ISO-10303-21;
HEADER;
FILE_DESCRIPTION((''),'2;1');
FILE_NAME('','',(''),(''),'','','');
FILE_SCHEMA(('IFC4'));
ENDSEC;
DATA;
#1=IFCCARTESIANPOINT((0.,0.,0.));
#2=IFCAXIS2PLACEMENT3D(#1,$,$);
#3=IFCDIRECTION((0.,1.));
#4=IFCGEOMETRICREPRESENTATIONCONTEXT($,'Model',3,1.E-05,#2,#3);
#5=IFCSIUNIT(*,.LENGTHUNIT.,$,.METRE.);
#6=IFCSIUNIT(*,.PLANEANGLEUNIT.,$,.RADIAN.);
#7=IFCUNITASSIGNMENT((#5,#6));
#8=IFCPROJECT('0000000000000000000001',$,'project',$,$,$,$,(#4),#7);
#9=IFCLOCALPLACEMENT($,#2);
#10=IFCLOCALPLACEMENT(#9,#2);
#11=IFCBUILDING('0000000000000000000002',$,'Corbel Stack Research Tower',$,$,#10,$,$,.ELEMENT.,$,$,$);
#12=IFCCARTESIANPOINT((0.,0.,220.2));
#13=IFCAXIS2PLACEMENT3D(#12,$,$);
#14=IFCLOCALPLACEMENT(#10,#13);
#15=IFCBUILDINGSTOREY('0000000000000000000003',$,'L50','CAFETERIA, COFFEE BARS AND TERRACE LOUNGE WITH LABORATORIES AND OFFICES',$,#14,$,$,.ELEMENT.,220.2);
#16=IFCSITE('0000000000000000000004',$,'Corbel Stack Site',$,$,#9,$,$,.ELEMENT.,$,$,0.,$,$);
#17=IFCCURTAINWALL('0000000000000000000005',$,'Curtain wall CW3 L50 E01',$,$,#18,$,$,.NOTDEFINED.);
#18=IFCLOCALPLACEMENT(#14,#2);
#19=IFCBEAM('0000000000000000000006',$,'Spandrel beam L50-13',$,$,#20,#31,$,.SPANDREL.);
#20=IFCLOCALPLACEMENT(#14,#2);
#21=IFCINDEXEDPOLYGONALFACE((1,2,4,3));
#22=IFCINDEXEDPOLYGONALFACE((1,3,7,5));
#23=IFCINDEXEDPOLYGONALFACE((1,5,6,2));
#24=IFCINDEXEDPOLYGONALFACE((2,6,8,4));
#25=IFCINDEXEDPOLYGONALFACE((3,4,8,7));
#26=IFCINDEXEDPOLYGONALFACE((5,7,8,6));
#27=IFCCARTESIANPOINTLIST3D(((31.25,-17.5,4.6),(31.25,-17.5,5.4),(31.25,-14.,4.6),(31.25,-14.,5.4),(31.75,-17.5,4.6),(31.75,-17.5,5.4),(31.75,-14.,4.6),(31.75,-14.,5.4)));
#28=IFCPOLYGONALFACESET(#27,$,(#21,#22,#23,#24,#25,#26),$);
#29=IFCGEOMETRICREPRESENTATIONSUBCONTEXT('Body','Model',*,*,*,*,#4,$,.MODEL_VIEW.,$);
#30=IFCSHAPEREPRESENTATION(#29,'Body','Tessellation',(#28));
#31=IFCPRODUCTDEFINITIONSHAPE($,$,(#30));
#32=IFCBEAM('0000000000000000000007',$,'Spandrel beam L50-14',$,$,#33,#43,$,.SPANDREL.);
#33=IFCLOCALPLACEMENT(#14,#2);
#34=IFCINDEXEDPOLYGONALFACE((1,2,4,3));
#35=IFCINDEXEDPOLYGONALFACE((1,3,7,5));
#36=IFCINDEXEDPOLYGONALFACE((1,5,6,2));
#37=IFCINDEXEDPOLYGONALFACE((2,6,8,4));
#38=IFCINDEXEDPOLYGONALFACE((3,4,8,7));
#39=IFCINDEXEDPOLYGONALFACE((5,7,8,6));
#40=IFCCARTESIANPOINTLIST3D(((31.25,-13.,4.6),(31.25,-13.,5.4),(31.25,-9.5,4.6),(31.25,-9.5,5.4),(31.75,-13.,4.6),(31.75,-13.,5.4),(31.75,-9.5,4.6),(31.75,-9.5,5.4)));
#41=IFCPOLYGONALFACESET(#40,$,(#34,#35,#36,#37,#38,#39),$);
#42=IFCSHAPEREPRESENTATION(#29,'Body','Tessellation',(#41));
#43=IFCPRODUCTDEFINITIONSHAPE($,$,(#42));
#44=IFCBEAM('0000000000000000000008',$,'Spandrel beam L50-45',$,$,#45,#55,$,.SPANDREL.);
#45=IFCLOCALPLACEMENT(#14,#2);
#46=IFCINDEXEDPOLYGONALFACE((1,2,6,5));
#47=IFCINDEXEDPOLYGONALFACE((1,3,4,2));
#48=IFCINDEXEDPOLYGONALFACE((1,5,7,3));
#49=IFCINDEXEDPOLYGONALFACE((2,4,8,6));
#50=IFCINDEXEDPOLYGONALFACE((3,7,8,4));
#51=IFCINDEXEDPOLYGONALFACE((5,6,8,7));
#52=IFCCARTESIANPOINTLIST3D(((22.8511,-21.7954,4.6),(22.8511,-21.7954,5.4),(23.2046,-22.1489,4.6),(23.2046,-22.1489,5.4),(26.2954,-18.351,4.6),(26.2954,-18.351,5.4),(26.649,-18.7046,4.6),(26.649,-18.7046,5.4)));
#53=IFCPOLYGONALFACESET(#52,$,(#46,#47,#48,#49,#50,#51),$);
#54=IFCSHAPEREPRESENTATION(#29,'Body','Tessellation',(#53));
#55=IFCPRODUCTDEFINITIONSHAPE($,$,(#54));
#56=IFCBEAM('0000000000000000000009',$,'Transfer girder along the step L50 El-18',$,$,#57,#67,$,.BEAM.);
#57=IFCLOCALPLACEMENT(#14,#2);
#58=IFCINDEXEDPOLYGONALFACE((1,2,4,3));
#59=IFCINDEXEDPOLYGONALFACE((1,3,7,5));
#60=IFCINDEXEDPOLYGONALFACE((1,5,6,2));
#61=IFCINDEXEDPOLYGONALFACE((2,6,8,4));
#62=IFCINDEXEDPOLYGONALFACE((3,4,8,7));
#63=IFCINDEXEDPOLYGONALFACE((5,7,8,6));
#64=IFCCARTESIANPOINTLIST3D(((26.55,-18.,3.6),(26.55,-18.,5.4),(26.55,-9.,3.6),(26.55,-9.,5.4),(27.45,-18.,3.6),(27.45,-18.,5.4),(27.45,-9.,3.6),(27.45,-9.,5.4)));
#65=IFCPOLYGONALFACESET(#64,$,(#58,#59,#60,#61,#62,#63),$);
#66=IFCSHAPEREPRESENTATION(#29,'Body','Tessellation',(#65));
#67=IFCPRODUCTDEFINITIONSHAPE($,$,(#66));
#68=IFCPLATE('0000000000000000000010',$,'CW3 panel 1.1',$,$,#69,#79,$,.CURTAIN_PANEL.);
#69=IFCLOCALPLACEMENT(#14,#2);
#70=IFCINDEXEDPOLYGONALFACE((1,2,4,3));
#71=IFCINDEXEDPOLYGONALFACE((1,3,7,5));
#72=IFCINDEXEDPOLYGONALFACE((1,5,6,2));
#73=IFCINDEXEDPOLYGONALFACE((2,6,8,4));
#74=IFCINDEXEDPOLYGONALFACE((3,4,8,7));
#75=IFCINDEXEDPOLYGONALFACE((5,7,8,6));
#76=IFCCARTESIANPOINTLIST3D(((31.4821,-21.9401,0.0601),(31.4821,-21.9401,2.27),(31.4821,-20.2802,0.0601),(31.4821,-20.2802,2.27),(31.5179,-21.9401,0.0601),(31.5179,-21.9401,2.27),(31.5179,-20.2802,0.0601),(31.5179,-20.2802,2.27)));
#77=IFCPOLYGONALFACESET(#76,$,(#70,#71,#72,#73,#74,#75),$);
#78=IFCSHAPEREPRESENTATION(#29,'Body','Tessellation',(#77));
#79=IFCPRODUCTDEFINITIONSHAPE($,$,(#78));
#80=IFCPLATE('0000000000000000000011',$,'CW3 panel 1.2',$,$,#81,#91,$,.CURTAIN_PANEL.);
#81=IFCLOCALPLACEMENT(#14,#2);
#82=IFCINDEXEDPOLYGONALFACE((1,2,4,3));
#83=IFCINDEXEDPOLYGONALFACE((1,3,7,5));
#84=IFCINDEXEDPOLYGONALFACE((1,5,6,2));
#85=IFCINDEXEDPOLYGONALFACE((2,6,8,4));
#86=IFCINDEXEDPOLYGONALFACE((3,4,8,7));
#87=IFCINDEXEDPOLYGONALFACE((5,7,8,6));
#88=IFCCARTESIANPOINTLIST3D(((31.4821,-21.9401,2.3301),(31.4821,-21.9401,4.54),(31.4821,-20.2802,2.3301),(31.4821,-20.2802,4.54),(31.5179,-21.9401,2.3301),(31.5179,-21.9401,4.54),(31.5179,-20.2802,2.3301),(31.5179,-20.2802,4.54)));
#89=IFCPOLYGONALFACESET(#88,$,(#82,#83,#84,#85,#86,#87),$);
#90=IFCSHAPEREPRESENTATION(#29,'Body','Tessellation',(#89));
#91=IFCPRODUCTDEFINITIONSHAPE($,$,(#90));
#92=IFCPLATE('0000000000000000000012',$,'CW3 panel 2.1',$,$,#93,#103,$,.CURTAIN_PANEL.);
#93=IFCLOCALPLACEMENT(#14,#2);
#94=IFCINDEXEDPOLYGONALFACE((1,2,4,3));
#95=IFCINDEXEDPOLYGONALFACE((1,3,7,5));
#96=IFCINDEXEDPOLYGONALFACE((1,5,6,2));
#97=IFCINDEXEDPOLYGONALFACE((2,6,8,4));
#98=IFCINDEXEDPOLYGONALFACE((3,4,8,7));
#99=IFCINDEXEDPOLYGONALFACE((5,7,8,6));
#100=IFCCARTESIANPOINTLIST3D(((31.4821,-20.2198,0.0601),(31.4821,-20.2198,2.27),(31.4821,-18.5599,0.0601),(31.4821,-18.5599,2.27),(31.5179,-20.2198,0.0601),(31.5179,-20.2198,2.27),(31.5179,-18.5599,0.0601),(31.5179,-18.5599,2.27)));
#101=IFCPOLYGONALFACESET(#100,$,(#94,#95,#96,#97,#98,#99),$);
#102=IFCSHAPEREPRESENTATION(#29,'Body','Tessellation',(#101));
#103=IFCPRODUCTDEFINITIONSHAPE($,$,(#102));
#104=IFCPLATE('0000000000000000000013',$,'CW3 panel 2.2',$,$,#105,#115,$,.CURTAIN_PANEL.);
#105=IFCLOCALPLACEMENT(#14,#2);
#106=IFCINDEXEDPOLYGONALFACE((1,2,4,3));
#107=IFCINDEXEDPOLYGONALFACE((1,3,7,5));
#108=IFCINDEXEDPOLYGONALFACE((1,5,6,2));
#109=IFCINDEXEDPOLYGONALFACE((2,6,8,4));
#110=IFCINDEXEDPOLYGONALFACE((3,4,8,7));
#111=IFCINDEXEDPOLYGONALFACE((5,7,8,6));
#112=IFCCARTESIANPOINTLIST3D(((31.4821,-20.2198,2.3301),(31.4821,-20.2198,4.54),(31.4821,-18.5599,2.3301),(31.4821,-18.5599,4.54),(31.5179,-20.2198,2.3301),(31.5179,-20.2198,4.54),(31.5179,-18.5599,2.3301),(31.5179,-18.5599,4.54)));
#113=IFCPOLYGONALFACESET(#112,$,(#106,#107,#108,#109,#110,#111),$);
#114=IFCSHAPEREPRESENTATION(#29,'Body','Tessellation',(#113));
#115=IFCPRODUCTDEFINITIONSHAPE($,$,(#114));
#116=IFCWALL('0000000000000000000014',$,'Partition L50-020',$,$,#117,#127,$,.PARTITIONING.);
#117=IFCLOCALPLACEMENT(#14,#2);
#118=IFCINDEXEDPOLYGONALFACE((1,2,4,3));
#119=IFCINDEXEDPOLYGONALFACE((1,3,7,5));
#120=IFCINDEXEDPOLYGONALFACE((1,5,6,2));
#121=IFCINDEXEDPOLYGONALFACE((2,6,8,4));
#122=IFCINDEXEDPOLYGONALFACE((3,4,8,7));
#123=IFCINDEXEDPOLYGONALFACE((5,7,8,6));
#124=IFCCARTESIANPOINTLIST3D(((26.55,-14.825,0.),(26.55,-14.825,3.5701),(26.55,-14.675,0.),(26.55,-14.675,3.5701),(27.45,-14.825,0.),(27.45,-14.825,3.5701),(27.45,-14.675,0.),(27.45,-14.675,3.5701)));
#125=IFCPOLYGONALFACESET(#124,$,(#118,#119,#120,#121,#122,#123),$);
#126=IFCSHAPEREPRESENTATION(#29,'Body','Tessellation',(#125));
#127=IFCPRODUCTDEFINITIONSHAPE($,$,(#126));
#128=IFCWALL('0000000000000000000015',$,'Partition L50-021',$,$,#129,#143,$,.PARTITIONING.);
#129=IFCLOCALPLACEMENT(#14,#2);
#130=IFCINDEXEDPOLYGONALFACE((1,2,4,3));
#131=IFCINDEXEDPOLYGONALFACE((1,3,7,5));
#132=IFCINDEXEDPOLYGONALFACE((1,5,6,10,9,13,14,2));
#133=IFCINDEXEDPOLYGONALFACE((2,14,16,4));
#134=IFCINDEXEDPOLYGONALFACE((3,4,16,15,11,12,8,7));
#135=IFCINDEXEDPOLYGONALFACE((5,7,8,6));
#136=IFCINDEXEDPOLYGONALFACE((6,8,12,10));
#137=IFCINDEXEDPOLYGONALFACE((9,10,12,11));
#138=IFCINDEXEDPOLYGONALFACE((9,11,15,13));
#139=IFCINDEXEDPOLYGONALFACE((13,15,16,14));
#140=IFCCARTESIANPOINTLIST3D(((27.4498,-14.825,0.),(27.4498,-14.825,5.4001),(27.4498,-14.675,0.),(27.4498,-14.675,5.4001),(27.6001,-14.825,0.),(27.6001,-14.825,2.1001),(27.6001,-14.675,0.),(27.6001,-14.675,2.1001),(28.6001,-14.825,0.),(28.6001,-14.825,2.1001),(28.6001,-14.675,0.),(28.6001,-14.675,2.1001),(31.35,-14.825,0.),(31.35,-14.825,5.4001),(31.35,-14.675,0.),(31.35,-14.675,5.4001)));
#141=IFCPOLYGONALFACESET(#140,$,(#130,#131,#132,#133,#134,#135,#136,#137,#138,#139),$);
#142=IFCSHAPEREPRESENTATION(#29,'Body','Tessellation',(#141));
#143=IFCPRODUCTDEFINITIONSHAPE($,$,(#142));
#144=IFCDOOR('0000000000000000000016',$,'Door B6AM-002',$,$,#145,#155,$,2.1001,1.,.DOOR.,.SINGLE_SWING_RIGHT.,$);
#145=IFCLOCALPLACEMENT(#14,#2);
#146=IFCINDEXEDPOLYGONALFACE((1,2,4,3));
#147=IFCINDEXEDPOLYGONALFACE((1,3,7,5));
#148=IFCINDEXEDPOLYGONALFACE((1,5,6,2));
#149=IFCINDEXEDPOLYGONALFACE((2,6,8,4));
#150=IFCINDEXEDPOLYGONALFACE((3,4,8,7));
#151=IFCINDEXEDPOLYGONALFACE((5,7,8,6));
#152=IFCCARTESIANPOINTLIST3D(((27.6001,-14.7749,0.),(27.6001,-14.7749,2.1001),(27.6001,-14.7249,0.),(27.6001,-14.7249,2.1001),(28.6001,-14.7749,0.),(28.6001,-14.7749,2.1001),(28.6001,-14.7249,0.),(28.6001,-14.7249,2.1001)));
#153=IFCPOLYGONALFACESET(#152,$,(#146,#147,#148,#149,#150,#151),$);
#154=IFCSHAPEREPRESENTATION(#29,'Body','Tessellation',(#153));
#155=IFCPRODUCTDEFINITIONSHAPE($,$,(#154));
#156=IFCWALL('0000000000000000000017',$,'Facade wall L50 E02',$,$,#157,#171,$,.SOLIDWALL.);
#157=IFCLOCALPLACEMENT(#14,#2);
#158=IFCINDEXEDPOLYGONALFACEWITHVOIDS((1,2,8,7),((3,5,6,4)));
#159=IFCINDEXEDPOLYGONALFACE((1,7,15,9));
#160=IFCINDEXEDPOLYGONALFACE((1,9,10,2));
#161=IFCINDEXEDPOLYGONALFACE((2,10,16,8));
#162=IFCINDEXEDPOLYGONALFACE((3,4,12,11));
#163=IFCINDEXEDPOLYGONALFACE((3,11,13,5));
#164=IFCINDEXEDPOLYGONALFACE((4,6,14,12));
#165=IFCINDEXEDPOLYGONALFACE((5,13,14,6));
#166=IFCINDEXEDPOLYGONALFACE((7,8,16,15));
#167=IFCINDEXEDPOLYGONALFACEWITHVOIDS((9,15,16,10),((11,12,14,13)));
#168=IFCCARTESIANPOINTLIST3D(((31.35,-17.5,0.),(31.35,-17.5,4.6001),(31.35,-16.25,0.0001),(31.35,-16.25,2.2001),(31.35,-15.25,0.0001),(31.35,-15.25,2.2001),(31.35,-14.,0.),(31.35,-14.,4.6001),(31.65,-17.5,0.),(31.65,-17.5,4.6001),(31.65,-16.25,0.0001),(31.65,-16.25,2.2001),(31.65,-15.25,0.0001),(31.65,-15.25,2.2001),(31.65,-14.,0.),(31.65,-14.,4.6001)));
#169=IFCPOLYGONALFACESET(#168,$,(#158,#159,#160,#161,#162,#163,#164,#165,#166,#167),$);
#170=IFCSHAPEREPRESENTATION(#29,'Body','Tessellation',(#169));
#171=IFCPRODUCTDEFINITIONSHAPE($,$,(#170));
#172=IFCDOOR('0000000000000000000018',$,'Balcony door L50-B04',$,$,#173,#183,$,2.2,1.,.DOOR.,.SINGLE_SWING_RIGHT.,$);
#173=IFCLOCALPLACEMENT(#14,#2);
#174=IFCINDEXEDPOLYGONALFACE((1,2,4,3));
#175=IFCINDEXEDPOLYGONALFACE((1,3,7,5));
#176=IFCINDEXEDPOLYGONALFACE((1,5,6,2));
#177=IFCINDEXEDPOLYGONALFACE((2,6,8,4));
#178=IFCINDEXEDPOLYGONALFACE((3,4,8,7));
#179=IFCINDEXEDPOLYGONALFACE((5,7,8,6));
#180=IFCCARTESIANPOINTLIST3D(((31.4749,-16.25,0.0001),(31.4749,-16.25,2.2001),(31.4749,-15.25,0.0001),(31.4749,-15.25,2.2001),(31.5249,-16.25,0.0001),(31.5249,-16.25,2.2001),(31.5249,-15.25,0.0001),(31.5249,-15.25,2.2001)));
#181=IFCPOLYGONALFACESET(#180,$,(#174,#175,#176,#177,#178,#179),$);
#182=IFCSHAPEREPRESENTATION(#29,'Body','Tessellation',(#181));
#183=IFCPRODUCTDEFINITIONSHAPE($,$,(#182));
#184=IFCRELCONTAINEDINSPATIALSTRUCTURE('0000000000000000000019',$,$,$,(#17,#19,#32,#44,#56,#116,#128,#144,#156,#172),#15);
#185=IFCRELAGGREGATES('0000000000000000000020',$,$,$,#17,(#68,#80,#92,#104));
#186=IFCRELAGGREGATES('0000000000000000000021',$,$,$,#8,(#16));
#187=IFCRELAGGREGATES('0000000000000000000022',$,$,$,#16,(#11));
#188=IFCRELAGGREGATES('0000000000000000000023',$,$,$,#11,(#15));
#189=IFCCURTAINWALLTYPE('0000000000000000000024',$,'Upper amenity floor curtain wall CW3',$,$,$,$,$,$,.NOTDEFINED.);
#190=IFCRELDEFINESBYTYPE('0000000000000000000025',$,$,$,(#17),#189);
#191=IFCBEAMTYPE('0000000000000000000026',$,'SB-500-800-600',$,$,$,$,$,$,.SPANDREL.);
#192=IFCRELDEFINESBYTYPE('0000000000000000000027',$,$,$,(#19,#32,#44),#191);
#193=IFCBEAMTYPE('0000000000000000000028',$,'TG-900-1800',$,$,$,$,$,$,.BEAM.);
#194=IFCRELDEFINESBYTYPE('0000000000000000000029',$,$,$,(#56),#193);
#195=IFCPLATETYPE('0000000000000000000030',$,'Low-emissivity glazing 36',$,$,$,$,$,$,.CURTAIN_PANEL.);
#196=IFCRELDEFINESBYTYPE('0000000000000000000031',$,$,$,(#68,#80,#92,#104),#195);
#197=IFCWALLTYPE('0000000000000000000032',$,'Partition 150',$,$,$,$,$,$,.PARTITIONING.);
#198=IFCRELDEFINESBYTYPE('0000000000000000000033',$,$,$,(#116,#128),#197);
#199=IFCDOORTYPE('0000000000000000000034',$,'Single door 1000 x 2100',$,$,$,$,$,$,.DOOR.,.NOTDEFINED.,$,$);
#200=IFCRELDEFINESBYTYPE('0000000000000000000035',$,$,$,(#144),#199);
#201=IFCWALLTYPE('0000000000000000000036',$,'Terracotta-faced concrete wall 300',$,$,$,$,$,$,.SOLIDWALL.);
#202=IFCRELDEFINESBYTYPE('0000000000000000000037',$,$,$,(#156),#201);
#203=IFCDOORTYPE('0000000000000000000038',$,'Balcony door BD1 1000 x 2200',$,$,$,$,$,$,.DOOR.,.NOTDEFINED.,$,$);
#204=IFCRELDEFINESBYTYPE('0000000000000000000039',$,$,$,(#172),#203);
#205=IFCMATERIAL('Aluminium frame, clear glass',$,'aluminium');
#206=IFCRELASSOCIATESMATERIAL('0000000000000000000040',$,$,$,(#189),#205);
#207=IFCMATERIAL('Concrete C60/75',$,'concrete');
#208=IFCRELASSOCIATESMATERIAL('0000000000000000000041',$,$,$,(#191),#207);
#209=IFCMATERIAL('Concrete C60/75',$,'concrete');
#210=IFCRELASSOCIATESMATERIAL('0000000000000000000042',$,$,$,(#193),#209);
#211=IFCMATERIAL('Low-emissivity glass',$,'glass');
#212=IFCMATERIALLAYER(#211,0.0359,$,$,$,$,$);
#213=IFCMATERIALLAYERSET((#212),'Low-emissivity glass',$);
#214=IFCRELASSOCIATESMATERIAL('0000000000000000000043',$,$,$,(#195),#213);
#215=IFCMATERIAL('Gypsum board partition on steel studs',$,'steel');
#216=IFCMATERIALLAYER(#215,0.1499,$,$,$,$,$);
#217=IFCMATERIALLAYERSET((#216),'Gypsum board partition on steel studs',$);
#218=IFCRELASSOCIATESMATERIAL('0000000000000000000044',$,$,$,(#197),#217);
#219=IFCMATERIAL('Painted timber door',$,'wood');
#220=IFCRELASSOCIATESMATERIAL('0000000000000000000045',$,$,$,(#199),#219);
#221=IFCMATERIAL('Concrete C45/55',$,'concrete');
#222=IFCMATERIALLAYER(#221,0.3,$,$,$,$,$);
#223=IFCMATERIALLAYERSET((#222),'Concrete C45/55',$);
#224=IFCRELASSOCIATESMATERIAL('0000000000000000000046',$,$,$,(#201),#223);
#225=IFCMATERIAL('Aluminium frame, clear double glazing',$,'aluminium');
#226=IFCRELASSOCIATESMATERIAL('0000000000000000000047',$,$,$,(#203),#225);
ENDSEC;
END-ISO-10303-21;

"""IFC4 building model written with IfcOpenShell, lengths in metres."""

from ifc_helpers import new_model, si_unit, direction, frame, frame_2d, origin, origin_2d, place, context, subcontext, project, spatial, rectangle, extrude, material, layer, layer_set, material_profile, profile_set, type_object, element, fill, aggregate, save


model = new_model("IFC4")

# Units and contexts
model_context = context("Model", 3, precision=1e-05, world=origin(), true_north=direction((0.0, 1.0)))
body_context = subcontext(model_context, "Body", "Model", "MODEL_VIEW")
ifc_project = project(units=[si_unit("LENGTHUNIT", "METRE"), si_unit("PLANEANGLEUNIT", "RADIAN")], contexts=[model_context])

# Site, building, storey
site_placement = place(None, origin())
site = spatial("IfcSite", under=ifc_project, at=site_placement, Name="Corbel Stack Site", CompositionType="ELEMENT", RefElevation=0.0)
building_placement = place(site_placement, origin())
building = spatial("IfcBuilding", under=site, at=building_placement, Name="Corbel Stack Research Tower", CompositionType="ELEMENT")
storey_placement = place(building_placement, frame((0.0, 0.0, 220.2)))
storey = spatial("IfcBuildingStorey", under=building, at=storey_placement, Name="L50", Description="CAFETERIA, COFFEE BARS AND TERRACE LOUNGE WITH LABORATORIES AND OFFICES", CompositionType="ELEMENT", Elevation=220.2)

# Curtain wall
ifc_material_1 = material(Name="Aluminium frame, clear glass", Category="aluminium")
curtain_wall_type = type_object("IfcCurtainWallType", Name="Upper amenity floor curtain wall CW3", PredefinedType="NOTDEFINED", material=ifc_material_1)
curtain_wall_placement = place(storey_placement, origin())
curtain_wall = element("IfcCurtainWall", 1, at=curtain_wall_placement, inside=storey, type_object=curtain_wall_type, Name="Curtain wall CW3 L50 E01", PredefinedType="NOTDEFINED")

# Beams
ifc_material_2 = material(Name="Concrete C60/75", Category="concrete")
ifc_material_profile_1 = material_profile(ifc_material_2, rectangle(XDim=0.5, YDim=0.8, at=origin_2d()), Name="RC 500 x 800")
ifc_profile_set_1 = profile_set([ifc_material_profile_1], Name="Concrete C60/75")
beam_type_1 = type_object("IfcBeamType", Name="SB-500-800-600", PredefinedType="SPANDREL", material=ifc_profile_set_1)
for number, where, z_axis, x_axis, name in (
    (2, (31.5, -17.5, 5.0), (0.0, 1.0, 0.0), (-1.0, 0.0, 0.0), "Spandrel beam L50-13"),
    (3, (31.5, -13.0, 5.0), (0.0, 1.0, 0.0), (-1.0, 0.0, 0.0), "Spandrel beam L50-14"),
):
    element("IfcBeam", number, at=place(storey_placement, frame(where, z_axis=z_axis, x_axis=x_axis)), inside=storey, type_object=beam_type_1, Name=name, PredefinedType="SPANDREL", context=body_context, shape_type="SweptSolid", body=[
        extrude(rectangle(XDim=0.5, YDim=0.8, at=origin_2d()), origin(), (0.0, 0.0, 1.0), 3.5),
    ])
beam_1_placement = place(storey_placement, frame((23.0278, -21.9722, 5.0), z_axis=(0.707107, 0.707107, 0.0), x_axis=(-0.707107, 0.707107, 0.0)))
element("IfcBeam", 4, at=beam_1_placement, inside=storey, type_object=beam_type_1, Name="Spandrel beam L50-45", PredefinedType="SPANDREL", context=body_context, shape_type="SweptSolid", body=[
    extrude(rectangle(XDim=0.5, YDim=0.8, at=origin_2d()), origin(), (0.0, 0.0, 1.0), 4.8711),
])
ifc_material_3 = material(Name="Concrete C60/75", Category="concrete")
ifc_material_profile_2 = material_profile(ifc_material_3, rectangle(XDim=0.8999, YDim=1.8, at=origin_2d()), Name="RC 900 x 1800")
ifc_profile_set_2 = profile_set([ifc_material_profile_2], Name="Concrete C60/75")
beam_type_2 = type_object("IfcBeamType", Name="TG-900-1800", PredefinedType="BEAM", material=ifc_profile_set_2)
beam_2_placement = place(storey_placement, frame((27.0, -18.0, 4.5), z_axis=(0.0, 1.0, 0.0), x_axis=(-1.0, 0.0, 0.0)))
element("IfcBeam", 5, at=beam_2_placement, inside=storey, type_object=beam_type_2, Name="Transfer girder along the step L50 El-18", PredefinedType="BEAM", context=body_context, shape_type="SweptSolid", body=[
    extrude(rectangle(XDim=0.8999, YDim=1.8, at=origin_2d()), origin(), (0.0, 0.0, 1.0), 9.0),
])

# Plates
ifc_material_4 = material(Name="Low-emissivity glass", Category="glass")
ifc_layer_1 = layer(ifc_material_4, 0.0359)
ifc_layer_set_1 = layer_set([ifc_layer_1], Name="Low-emissivity glass")
plate_type = type_object("IfcPlateType", Name="Low-emissivity glazing 36", PredefinedType="CURTAIN_PANEL", material=ifc_layer_set_1)
plate_1_placement = place(storey_placement, frame((31.5, -21.1101, 0.0601), z_axis=(0.0, 0.0, 1.0), x_axis=(0.0, 1.0, 0.0)))
plate_1 = element("IfcPlate", 6, at=plate_1_placement, type_object=plate_type, Name="CW3 panel 1.1", PredefinedType="CURTAIN_PANEL", context=body_context, shape_type="SweptSolid", body=[
    extrude(rectangle(XDim=1.6599, YDim=0.0359, at=origin_2d()), origin(), (0.0, 0.0, 1.0), 2.21),
])
plate_2_placement = place(storey_placement, frame((31.5, -21.1101, 2.3301), z_axis=(0.0, 0.0, 1.0), x_axis=(0.0, 1.0, 0.0)))
plate_2 = element("IfcPlate", 7, at=plate_2_placement, type_object=plate_type, Name="CW3 panel 1.2", PredefinedType="CURTAIN_PANEL", context=body_context, shape_type="SweptSolid", body=[
    extrude(rectangle(XDim=1.6599, YDim=0.0359, at=origin_2d()), origin(), (0.0, 0.0, 1.0), 2.21),
])
plate_3_placement = place(storey_placement, frame((31.5, -19.3899, 0.0601), z_axis=(0.0, 0.0, 1.0), x_axis=(0.0, 1.0, 0.0)))
plate_3 = element("IfcPlate", 8, at=plate_3_placement, type_object=plate_type, Name="CW3 panel 2.1", PredefinedType="CURTAIN_PANEL", context=body_context, shape_type="SweptSolid", body=[
    extrude(rectangle(XDim=1.6599, YDim=0.0359, at=origin_2d()), origin(), (0.0, 0.0, 1.0), 2.21),
])
plate_4_placement = place(storey_placement, frame((31.5, -19.3899, 2.3301), z_axis=(0.0, 0.0, 1.0), x_axis=(0.0, 1.0, 0.0)))
plate_4 = element("IfcPlate", 9, at=plate_4_placement, type_object=plate_type, Name="CW3 panel 2.2", PredefinedType="CURTAIN_PANEL", context=body_context, shape_type="SweptSolid", body=[
    extrude(rectangle(XDim=1.6599, YDim=0.0359, at=origin_2d()), origin(), (0.0, 0.0, 1.0), 2.21),
])
aggregate(curtain_wall, [plate_1, plate_2, plate_3, plate_4])

# Wall
ifc_material_5 = material(Name="Gypsum board partition on steel studs", Category="steel")
ifc_layer_2 = layer(ifc_material_5, 0.1499)
ifc_layer_set_2 = layer_set([ifc_layer_2], Name="Gypsum board partition on steel studs")
wall_type_1 = type_object("IfcWallType", Name="Partition 150", PredefinedType="PARTITIONING", material=ifc_layer_set_2)
wall_1_placement = place(storey_placement, frame((26.55, -14.75, 0.0), z_axis=(0.0, 0.0, 1.0), x_axis=(1.0, 0.0, 0.0)))
element("IfcWall", 10, at=wall_1_placement, inside=storey, type_object=wall_type_1, Name="Partition L50-020", PredefinedType="PARTITIONING", context=body_context, shape_type="SweptSolid", body=[
    extrude(rectangle(XDim=0.8999, YDim=0.1499, at=frame_2d((0.45, 0.0))), origin(), (0.0, 0.0, 1.0), 3.5701),
])

# Walls, openings, doors
wall_2_placement = place(storey_placement, frame((31.3501, -14.75, 0.0), z_axis=(0.0, 0.0, 1.0), x_axis=(-1.0, 0.0, 0.0)))
wall_2 = element("IfcWall", 11, at=wall_2_placement, inside=storey, type_object=wall_type_1, Name="Partition L50-021", PredefinedType="PARTITIONING", context=body_context, shape_type="SweptSolid", body=[
    extrude(rectangle(XDim=3.9001, YDim=0.1499, at=frame_2d((1.9502, 0.0))), origin(), (0.0, 0.0, 1.0), 5.4001),
])
opening_1_placement = place(wall_2_placement, frame((2.75, 0.0, 0.0)))
opening_1 = element("IfcOpeningElement", 12, at=opening_1_placement, cuts=wall_2, PredefinedType="OPENING", context=body_context, shape_type="SweptSolid", body=[
    extrude(rectangle(XDim=1.0, YDim=2.1001, at=frame_2d((0.5, 1.05))), frame((0.0, 0.085, 0.0), z_axis=(0.0, -1.0, 0.0), x_axis=(1.0, 0.0, 0.0)), (0.0, 0.0, 1.0), 0.1699),
])
ifc_material_6 = material(Name="Painted timber door", Category="wood")
door_type_1 = type_object("IfcDoorType", Name="Single door 1000 x 2100", OperationType="NOTDEFINED", PredefinedType="DOOR", material=ifc_material_6)
door_1_placement = place(opening_1_placement, origin())
door_1 = element("IfcDoor", 13, at=door_1_placement, inside=storey, type_object=door_type_1, Name="Door B6AM-002", OperationType="SINGLE_SWING_RIGHT", OverallHeight=2.1001, OverallWidth=1.0, PredefinedType="DOOR", context=body_context, shape_type="SweptSolid", body=[
    extrude(rectangle(XDim=1.0, YDim=2.1001, at=frame_2d((0.5, 1.05))), frame((0.0, 0.0249, 0.0), z_axis=(0.0, -1.0, 0.0), x_axis=(1.0, 0.0, 0.0)), (0.0, 0.0, 1.0), 0.05),
])
fill(opening_1, door_1)
ifc_material_7 = material(Name="Concrete C45/55", Category="concrete")
ifc_layer_3 = layer(ifc_material_7, 0.3)
ifc_layer_set_3 = layer_set([ifc_layer_3], Name="Concrete C45/55")
wall_type_2 = type_object("IfcWallType", Name="Terracotta-faced concrete wall 300", PredefinedType="SOLIDWALL", material=ifc_layer_set_3)
wall_3_placement = place(storey_placement, frame((31.5, -14.0, 0.0), z_axis=(0.0, 0.0, 1.0), x_axis=(0.0, -1.0, 0.0)))
wall_3 = element("IfcWall", 14, at=wall_3_placement, inside=storey, type_object=wall_type_2, Name="Facade wall L50 E02", PredefinedType="SOLIDWALL", context=body_context, shape_type="SweptSolid", body=[
    extrude(rectangle(XDim=3.5, YDim=0.3, at=frame_2d((1.75, 0.0))), origin(), (0.0, 0.0, 1.0), 4.6001),
])
opening_2_placement = place(wall_3_placement, frame((1.25, 0.0, 0.0)))
opening_2 = element("IfcOpeningElement", 15, at=opening_2_placement, cuts=wall_3, PredefinedType="OPENING", context=body_context, shape_type="SweptSolid", body=[
    extrude(rectangle(XDim=1.0, YDim=2.2, at=frame_2d((0.5, 1.1001))), frame((0.0, 0.1599, 0.0), z_axis=(0.0, -1.0, 0.0), x_axis=(1.0, 0.0, 0.0)), (0.0, 0.0, 1.0), 0.3201),
])
ifc_material_8 = material(Name="Aluminium frame, clear double glazing", Category="aluminium")
door_type_2 = type_object("IfcDoorType", Name="Balcony door BD1 1000 x 2200", OperationType="NOTDEFINED", PredefinedType="DOOR", material=ifc_material_8)
door_2_placement = place(opening_2_placement, origin())
door_2 = element("IfcDoor", 16, at=door_2_placement, inside=storey, type_object=door_type_2, Name="Balcony door L50-B04", OperationType="SINGLE_SWING_RIGHT", OverallHeight=2.2, OverallWidth=1.0, PredefinedType="DOOR", context=body_context, shape_type="SweptSolid", body=[
    extrude(rectangle(XDim=1.0, YDim=2.2, at=frame_2d((0.5, 1.1001))), frame((0.0, 0.0249, 0.0), z_axis=(0.0, -1.0, 0.0), x_axis=(1.0, 0.0, 0.0)), (0.0, 0.0, 1.0), 0.05),
])
fill(opening_2, door_2)

save(model, "model.ifc")
